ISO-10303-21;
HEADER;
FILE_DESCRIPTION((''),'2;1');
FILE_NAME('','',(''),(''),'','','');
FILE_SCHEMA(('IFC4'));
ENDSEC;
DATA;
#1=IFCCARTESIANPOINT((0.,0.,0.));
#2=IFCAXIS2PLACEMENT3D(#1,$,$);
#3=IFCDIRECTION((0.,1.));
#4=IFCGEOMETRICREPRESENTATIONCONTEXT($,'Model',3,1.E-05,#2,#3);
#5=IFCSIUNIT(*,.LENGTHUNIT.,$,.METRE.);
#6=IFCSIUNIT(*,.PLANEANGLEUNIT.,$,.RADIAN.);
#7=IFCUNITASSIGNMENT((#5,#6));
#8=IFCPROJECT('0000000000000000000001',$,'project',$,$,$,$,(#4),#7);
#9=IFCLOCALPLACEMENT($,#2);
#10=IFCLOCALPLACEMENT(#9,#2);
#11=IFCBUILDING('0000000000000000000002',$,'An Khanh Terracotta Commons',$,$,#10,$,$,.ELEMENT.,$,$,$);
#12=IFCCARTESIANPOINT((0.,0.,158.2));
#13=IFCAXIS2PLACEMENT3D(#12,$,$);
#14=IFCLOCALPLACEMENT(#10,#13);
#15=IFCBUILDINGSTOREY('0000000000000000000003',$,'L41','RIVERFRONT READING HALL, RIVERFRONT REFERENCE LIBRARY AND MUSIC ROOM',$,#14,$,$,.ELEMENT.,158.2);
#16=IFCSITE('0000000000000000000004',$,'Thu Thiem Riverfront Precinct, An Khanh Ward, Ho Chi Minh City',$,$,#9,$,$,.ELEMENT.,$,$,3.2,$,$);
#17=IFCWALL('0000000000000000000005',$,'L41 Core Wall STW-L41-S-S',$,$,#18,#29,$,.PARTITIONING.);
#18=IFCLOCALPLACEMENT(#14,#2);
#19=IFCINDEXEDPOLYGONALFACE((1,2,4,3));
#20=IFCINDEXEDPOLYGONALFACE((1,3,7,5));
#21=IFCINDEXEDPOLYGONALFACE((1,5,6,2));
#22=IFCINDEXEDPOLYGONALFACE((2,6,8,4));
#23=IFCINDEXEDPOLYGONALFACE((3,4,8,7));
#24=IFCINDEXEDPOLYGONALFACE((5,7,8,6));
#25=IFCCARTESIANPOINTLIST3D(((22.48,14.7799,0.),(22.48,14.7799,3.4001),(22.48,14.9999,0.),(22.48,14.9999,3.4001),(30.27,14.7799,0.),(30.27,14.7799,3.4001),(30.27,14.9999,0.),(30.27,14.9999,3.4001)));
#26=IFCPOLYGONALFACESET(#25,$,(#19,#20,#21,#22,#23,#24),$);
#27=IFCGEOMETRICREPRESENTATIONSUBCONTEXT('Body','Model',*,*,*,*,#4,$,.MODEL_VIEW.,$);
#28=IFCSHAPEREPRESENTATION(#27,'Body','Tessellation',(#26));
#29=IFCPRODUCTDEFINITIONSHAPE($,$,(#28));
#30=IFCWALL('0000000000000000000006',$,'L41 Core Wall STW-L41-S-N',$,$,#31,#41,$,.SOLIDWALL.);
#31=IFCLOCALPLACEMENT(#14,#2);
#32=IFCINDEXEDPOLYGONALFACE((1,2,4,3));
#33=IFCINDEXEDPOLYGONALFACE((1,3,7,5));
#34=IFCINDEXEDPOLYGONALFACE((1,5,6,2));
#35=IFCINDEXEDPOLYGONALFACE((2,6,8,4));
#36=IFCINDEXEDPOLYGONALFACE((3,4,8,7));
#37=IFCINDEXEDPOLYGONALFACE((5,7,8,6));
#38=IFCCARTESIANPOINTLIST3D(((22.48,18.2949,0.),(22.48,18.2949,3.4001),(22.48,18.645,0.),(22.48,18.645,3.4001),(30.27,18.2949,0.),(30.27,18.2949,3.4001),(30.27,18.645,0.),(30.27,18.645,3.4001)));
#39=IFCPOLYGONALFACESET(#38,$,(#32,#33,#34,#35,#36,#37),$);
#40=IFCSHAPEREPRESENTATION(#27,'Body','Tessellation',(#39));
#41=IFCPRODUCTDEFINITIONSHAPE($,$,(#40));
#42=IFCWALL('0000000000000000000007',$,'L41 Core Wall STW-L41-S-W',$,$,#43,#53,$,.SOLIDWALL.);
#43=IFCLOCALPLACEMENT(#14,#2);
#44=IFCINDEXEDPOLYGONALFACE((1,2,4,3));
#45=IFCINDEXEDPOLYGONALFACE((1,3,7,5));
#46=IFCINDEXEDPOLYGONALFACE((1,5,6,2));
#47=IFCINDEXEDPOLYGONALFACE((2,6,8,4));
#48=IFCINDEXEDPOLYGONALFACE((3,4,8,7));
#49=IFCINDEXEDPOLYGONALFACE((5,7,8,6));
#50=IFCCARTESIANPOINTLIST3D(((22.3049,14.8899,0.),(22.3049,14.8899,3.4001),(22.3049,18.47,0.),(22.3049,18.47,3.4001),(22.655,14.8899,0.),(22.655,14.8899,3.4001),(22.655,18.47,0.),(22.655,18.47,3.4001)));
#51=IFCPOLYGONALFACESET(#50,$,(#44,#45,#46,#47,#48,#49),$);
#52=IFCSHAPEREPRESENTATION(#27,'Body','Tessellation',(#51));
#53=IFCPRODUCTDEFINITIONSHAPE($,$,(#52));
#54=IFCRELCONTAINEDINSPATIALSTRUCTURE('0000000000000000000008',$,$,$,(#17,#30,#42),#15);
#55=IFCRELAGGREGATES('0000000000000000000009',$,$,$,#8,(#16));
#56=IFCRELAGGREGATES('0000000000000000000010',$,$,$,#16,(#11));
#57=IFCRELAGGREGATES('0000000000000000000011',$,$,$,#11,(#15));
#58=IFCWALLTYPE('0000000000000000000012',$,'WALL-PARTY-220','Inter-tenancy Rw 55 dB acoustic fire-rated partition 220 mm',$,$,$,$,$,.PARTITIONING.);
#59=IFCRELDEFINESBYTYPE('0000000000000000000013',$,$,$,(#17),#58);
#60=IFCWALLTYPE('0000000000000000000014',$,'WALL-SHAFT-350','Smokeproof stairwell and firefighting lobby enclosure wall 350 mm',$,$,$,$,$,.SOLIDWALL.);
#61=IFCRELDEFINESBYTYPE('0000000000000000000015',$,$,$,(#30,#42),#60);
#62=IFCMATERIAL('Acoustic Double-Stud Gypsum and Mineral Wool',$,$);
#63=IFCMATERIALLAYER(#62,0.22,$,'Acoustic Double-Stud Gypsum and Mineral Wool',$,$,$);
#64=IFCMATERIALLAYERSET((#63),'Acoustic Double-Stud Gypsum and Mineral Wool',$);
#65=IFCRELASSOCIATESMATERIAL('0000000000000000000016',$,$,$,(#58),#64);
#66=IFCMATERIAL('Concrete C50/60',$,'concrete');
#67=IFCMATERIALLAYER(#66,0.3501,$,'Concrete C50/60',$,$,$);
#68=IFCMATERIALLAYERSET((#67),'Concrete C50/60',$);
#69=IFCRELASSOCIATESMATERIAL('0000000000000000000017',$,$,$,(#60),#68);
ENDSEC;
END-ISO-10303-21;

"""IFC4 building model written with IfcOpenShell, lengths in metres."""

from ifc_helpers import new_model, si_unit, direction, frame, frame_2d, origin, place, context, subcontext, project, spatial, rectangle, extrude, material, layer, layer_set, type_object, element, save


model = new_model("IFC4")

# Units and contexts
model_context = context("Model", 3, precision=1e-05, world=origin(), true_north=direction((0.0, 1.0)))
body_context = subcontext(model_context, "Body", "Model", "MODEL_VIEW")
ifc_project = project(units=[si_unit("LENGTHUNIT", "METRE"), si_unit("PLANEANGLEUNIT", "RADIAN")], contexts=[model_context])

# Site, building, storey
site_placement = place(None, origin())
site = spatial("IfcSite", under=ifc_project, at=site_placement, Name="Thu Thiem Riverfront Precinct, An Khanh Ward, Ho Chi Minh City", CompositionType="ELEMENT", RefElevation=3.2)
building_placement = place(site_placement, origin())
building = spatial("IfcBuilding", under=site, at=building_placement, Name="An Khanh Terracotta Commons", CompositionType="ELEMENT")
storey_placement = place(building_placement, frame((0.0, 0.0, 158.2)))
storey = spatial("IfcBuildingStorey", under=building, at=storey_placement, Name="L41", Description="RIVERFRONT READING HALL, RIVERFRONT REFERENCE LIBRARY AND MUSIC ROOM", CompositionType="ELEMENT", Elevation=158.2)

# Walls
ifc_material_1 = material(Name="Acoustic Double-Stud Gypsum and Mineral Wool")
ifc_layer_1 = layer(ifc_material_1, 0.22, Name="Acoustic Double-Stud Gypsum and Mineral Wool")
ifc_layer_set_1 = layer_set([ifc_layer_1], Name="Acoustic Double-Stud Gypsum and Mineral Wool")
wall_type_1 = type_object("IfcWallType", Name="WALL-PARTY-220", Description="Inter-tenancy Rw 55 dB acoustic fire-rated partition 220 mm", PredefinedType="PARTITIONING", material=ifc_layer_set_1)
wall_1_placement = place(storey_placement, frame((22.48, 14.8899, 0.0), z_axis=(0.0, 0.0, 1.0), x_axis=(1.0, 0.0, 0.0)))
element("IfcWall", 1, at=wall_1_placement, inside=storey, type_object=wall_type_1, Name="L41 Core Wall STW-L41-S-S", PredefinedType="PARTITIONING", context=body_context, shape_type="SweptSolid", body=[
    extrude(rectangle(XDim=7.79, YDim=0.22, at=frame_2d((3.895, 0.0))), origin(), (0.0, 0.0, 1.0), 3.4001),
])
ifc_material_2 = material(Name="Concrete C50/60", Category="concrete")
ifc_layer_2 = layer(ifc_material_2, 0.3501, Name="Concrete C50/60")
ifc_layer_set_2 = layer_set([ifc_layer_2], Name="Concrete C50/60")
wall_type_2 = type_object("IfcWallType", Name="WALL-SHAFT-350", Description="Smokeproof stairwell and firefighting lobby enclosure wall 350 mm", PredefinedType="SOLIDWALL", material=ifc_layer_set_2)
wall_2_placement = place(storey_placement, frame((22.48, 18.47, 0.0), z_axis=(0.0, 0.0, 1.0), x_axis=(1.0, 0.0, 0.0)))
element("IfcWall", 2, at=wall_2_placement, inside=storey, type_object=wall_type_2, Name="L41 Core Wall STW-L41-S-N", PredefinedType="SOLIDWALL", context=body_context, shape_type="SweptSolid", body=[
    extrude(rectangle(XDim=7.79, YDim=0.3501, at=frame_2d((3.895, 0.0))), origin(), (0.0, 0.0, 1.0), 3.4001),
])
wall_3_placement = place(storey_placement, frame((22.48, 14.8899, 0.0), z_axis=(0.0, 0.0, 1.0), x_axis=(0.0, 1.0, 0.0)))
element("IfcWall", 3, at=wall_3_placement, inside=storey, type_object=wall_type_2, Name="L41 Core Wall STW-L41-S-W", PredefinedType="SOLIDWALL", context=body_context, shape_type="SweptSolid", body=[
    extrude(rectangle(XDim=3.5801, YDim=0.3501, at=frame_2d((1.79, 0.0))), origin(), (0.0, 0.0, 1.0), 3.4001),
])

save(model, "model.ifc")
